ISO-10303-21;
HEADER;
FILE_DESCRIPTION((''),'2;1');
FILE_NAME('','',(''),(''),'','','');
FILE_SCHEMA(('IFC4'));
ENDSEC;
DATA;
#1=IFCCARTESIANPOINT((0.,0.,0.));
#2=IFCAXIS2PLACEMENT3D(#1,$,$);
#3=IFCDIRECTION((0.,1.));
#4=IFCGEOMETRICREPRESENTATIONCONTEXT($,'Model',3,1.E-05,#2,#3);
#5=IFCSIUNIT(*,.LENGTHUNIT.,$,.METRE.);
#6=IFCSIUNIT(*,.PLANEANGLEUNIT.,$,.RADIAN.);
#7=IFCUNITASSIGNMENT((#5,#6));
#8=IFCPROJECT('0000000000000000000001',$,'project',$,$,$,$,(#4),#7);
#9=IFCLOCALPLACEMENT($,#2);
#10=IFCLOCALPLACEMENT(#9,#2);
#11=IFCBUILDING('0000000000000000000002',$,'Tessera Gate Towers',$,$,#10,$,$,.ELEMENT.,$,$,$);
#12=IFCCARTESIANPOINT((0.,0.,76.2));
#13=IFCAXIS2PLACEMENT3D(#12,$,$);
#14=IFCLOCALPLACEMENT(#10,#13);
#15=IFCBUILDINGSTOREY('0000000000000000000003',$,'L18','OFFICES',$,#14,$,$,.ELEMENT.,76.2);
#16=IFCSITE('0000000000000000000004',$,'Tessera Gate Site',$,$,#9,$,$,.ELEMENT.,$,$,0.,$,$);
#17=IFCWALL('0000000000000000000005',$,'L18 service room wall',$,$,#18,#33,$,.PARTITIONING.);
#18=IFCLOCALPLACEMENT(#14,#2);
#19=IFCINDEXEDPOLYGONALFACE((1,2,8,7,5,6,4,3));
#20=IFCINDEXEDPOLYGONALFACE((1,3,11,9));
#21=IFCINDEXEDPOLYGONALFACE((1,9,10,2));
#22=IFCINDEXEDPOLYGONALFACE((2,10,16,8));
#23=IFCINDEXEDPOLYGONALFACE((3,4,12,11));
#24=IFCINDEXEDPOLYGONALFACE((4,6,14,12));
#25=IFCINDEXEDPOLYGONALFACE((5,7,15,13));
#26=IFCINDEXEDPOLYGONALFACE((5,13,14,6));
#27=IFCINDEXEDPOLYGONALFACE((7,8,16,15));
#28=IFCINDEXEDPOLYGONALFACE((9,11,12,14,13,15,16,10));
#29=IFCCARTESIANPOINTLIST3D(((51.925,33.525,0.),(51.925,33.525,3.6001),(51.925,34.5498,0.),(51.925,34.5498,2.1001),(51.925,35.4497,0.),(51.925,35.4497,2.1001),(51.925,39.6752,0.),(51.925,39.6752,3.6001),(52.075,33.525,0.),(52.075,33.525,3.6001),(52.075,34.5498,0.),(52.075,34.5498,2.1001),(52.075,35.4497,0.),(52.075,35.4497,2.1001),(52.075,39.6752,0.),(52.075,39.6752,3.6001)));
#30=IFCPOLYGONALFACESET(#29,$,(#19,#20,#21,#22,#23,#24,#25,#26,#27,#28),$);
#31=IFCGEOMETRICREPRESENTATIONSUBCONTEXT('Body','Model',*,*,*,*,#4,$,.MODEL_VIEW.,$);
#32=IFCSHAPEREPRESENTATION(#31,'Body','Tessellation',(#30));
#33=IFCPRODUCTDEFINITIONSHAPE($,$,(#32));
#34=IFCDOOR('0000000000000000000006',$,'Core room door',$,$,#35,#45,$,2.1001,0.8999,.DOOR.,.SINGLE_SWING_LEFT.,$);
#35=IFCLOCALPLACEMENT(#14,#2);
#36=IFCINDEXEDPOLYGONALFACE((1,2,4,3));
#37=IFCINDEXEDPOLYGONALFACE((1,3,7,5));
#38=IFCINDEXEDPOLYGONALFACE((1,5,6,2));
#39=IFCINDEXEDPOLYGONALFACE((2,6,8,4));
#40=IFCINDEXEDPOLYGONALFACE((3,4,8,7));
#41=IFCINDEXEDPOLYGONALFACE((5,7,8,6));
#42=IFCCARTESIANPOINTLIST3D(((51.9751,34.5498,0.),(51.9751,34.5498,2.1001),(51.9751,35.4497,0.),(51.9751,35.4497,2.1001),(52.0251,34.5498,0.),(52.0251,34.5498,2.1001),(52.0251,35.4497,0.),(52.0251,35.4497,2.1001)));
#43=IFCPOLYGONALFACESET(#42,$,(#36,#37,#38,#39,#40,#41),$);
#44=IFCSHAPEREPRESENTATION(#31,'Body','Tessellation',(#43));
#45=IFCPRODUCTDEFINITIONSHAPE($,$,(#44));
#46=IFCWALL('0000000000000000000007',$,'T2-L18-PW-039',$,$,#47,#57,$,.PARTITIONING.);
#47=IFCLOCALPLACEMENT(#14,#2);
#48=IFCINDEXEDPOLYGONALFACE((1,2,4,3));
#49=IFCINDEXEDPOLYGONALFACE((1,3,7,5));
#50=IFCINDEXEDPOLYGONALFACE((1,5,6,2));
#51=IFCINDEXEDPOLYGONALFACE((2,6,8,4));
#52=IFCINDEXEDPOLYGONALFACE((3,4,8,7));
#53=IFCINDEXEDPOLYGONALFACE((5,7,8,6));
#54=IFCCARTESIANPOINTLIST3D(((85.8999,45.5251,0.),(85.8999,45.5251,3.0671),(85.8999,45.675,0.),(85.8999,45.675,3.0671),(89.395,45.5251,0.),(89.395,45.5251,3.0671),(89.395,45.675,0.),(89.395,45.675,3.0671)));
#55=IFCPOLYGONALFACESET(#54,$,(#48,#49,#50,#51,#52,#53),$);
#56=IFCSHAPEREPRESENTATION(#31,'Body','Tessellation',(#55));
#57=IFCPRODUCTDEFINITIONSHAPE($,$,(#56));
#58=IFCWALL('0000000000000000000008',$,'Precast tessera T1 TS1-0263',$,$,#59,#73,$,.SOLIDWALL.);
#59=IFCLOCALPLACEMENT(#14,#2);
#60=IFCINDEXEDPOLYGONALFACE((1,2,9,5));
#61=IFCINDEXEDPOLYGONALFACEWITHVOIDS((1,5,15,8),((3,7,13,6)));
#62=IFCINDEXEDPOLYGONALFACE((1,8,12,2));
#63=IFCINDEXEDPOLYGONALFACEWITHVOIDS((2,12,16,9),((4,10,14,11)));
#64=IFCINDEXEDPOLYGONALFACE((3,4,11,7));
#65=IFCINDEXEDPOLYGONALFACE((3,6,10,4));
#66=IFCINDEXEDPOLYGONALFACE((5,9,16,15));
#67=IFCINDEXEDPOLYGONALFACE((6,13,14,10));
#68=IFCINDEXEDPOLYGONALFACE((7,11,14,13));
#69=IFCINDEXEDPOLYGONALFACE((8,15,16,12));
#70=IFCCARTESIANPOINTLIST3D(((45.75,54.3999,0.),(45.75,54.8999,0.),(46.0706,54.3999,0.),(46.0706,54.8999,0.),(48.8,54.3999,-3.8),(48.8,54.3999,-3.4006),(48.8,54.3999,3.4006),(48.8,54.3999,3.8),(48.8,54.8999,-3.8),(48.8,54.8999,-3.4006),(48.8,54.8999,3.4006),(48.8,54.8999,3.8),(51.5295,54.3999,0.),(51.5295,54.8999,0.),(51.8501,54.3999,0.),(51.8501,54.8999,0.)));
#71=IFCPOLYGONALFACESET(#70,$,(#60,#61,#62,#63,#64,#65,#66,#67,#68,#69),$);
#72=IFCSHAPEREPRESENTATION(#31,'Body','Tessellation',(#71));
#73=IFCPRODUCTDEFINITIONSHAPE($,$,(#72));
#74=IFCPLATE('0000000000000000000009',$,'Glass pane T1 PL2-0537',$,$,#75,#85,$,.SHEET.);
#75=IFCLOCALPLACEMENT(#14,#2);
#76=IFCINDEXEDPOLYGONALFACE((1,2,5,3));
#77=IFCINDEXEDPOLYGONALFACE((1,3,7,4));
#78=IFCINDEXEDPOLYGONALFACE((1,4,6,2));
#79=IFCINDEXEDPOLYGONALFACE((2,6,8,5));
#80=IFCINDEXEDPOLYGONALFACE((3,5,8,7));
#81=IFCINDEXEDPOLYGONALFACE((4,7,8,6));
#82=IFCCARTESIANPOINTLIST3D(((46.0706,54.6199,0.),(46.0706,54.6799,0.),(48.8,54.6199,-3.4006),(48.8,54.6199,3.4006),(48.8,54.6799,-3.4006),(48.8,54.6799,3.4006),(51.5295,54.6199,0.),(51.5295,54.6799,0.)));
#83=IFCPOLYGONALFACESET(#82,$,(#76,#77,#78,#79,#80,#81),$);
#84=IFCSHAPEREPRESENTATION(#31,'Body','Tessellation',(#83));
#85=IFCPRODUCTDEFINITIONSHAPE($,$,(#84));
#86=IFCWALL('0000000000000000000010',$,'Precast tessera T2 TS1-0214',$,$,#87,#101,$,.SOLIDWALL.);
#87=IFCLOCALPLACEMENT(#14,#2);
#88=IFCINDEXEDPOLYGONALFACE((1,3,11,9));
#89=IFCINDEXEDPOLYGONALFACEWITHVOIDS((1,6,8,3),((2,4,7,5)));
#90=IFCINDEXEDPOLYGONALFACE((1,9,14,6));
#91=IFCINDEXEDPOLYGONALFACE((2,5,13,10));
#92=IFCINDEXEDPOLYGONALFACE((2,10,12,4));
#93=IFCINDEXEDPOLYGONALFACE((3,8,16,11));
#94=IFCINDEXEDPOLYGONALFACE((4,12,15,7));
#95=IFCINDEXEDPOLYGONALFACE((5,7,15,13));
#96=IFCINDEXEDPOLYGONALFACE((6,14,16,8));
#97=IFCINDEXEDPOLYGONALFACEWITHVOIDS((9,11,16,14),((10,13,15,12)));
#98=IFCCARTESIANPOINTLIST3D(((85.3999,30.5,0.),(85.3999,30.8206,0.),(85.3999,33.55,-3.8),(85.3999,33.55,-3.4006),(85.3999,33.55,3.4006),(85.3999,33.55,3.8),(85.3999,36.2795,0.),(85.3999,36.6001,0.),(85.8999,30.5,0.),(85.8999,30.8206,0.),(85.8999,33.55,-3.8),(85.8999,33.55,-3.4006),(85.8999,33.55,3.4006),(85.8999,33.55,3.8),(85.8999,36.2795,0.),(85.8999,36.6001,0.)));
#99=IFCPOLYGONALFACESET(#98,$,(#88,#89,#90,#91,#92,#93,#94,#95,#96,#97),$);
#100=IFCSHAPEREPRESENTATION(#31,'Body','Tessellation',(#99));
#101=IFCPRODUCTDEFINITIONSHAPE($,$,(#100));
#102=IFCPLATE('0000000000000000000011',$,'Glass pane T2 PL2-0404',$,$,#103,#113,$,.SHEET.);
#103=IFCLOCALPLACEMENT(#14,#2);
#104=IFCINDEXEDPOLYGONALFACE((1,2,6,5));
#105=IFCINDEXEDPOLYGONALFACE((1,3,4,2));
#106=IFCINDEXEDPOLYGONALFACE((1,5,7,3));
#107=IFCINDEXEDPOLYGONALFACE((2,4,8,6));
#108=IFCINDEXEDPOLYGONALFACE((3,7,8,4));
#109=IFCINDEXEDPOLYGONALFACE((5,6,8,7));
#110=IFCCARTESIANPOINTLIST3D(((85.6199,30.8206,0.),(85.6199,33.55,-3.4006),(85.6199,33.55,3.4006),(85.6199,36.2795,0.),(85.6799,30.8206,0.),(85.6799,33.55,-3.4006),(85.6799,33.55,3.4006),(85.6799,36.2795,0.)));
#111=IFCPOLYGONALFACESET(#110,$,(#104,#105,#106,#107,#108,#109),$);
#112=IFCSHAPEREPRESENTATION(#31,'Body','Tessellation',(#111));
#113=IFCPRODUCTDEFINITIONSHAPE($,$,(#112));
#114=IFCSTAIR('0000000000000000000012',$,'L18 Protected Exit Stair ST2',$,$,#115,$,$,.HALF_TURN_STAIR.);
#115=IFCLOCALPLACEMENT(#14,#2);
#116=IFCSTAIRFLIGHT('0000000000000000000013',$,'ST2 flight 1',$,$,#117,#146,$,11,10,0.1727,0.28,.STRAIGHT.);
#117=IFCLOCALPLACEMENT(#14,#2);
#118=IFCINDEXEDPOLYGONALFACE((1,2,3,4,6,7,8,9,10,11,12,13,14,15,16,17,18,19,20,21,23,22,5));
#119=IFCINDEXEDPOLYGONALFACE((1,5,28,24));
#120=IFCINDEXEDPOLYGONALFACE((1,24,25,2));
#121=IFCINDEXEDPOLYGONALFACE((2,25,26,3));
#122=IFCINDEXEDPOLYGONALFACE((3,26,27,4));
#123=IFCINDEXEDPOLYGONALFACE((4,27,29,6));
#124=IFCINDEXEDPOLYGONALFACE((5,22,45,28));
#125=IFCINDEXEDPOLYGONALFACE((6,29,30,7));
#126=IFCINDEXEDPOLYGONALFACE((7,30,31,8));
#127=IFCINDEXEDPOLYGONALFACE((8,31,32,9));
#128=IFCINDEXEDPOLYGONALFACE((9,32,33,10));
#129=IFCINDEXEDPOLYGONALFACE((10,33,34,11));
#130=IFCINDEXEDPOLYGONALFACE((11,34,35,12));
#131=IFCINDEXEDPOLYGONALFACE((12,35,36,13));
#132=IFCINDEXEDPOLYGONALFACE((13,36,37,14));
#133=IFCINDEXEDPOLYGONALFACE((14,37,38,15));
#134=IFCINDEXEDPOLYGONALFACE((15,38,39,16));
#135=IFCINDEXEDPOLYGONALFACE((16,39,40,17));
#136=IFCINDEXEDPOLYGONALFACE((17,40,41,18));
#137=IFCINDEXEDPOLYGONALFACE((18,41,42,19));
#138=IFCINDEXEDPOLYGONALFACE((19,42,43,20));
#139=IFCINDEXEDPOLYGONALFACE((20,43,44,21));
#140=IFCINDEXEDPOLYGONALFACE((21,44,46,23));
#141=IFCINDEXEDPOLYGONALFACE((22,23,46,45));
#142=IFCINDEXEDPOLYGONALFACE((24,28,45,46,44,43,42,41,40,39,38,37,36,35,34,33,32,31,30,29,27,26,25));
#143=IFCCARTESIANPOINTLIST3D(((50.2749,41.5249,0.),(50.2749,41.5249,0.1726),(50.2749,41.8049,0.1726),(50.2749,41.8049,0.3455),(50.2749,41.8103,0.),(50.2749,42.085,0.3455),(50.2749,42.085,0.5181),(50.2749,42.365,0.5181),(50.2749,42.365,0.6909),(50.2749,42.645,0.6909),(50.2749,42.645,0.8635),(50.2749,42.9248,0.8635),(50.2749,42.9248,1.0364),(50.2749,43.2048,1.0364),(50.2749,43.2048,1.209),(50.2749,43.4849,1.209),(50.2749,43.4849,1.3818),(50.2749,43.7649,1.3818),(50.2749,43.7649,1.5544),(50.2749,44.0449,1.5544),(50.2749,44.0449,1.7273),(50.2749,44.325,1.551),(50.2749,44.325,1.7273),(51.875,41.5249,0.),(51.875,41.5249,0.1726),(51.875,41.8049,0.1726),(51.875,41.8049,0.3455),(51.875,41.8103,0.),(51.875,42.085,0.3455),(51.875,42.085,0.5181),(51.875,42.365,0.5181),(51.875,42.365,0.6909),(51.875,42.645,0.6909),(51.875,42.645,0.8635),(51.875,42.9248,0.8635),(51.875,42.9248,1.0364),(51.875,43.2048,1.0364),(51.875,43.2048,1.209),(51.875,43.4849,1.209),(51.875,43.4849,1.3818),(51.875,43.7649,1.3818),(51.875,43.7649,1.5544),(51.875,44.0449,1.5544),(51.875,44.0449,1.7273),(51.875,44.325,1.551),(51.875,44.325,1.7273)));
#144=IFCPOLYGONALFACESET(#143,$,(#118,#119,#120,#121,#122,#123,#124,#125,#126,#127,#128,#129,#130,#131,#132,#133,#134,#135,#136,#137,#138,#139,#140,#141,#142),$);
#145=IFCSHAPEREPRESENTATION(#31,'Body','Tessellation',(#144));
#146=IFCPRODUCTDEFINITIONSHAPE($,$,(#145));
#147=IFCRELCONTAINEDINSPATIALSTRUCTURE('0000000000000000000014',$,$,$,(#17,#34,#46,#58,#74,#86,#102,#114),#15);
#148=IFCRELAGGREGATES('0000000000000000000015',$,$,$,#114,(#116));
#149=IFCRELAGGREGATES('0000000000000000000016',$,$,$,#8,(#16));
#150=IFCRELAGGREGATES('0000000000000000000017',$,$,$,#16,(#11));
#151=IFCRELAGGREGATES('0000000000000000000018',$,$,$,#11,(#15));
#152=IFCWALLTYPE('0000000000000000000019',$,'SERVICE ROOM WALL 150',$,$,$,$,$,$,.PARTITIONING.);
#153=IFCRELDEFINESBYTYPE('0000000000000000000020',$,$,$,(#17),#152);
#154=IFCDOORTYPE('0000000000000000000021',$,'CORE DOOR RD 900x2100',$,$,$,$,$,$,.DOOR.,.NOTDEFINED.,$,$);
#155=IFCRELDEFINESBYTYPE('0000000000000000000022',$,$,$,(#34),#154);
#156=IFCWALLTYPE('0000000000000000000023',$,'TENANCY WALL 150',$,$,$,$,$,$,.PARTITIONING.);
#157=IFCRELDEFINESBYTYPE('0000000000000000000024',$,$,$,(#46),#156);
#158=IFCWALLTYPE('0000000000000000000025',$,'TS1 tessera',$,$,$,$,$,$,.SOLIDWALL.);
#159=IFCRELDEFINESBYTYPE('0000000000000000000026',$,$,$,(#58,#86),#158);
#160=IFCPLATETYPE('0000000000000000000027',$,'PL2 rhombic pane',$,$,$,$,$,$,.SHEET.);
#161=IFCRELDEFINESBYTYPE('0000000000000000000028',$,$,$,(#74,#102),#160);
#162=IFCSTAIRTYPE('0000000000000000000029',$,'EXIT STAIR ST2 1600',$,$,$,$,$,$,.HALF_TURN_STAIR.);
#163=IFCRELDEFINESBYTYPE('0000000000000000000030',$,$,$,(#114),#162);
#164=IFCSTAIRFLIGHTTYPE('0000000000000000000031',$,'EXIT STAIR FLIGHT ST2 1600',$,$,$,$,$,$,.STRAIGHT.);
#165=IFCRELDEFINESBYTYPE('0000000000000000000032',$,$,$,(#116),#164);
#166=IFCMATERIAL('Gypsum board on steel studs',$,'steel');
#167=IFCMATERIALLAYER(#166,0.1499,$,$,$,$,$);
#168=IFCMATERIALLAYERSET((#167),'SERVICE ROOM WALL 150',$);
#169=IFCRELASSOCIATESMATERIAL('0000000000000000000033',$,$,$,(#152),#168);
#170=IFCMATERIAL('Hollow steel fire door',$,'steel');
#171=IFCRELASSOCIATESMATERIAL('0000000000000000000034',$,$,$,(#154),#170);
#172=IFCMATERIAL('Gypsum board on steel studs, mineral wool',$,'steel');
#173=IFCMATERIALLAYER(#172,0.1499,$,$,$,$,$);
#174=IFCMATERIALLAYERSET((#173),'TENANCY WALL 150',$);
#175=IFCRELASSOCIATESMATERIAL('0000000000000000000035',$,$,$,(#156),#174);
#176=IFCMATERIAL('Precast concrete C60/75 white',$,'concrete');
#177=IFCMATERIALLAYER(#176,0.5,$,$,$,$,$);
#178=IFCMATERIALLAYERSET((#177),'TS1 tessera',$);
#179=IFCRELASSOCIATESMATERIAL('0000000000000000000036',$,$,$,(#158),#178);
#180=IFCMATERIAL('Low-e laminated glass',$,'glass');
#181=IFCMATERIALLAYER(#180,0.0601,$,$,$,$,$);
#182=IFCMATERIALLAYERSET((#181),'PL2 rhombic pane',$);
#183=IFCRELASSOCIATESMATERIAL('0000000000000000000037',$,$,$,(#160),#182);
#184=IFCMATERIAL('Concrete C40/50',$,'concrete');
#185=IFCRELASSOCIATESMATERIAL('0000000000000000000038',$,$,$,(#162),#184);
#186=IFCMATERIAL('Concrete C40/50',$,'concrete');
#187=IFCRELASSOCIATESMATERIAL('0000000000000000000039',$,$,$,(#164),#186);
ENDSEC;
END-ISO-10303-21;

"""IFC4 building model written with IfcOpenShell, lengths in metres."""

from ifc_helpers import new_model, si_unit, direction, frame, frame_2d, origin, place, context, subcontext, project, spatial, polyline, rectangle, outline, extrude, source, transform, mapped, material, layer, layer_set, type_object, element, fill, aggregate, save


model = new_model("IFC4")

# Units and contexts
model_context = context("Model", 3, precision=1e-05, world=origin(), true_north=direction((0.0, 1.0)))
body_context = subcontext(model_context, "Body", "Model", "MODEL_VIEW")
ifc_project = project(units=[si_unit("LENGTHUNIT", "METRE"), si_unit("PLANEANGLEUNIT", "RADIAN")], contexts=[model_context])

# Site, building, storey
site_placement = place(None, origin())
site = spatial("IfcSite", under=ifc_project, at=site_placement, Name="Tessera Gate Site", CompositionType="ELEMENT", RefElevation=0.0)
building_placement = place(site_placement, origin())
building = spatial("IfcBuilding", under=site, at=building_placement, Name="Tessera Gate Towers", CompositionType="ELEMENT")
storey_placement = place(building_placement, frame((0.0, 0.0, 76.2)))
storey = spatial("IfcBuildingStorey", under=building, at=storey_placement, Name="L18", Description="OFFICES", CompositionType="ELEMENT", Elevation=76.2)

# Shared definitions
shared_shape_1 = source(origin(), body_context, "Body", "SweptSolid", [
    extrude(rectangle(XDim=0.8999, YDim=2.1001, at=frame_2d((0.45, 1.05))), frame((0.0, 0.085, 0.0), z_axis=(0.0, -1.0, 0.0), x_axis=(1.0, 0.0, 0.0)), (0.0, 0.0, 1.0), 0.1699),
])
shared_shape_2 = source(origin(), body_context, "Body", "SweptSolid", [
    extrude(rectangle(XDim=0.8999, YDim=2.1001, at=frame_2d((0.45, 1.05))), frame((0.0, 0.0249, 0.0), z_axis=(0.0, -1.0, 0.0), x_axis=(1.0, 0.0, 0.0)), (0.0, 0.0, 1.0), 0.05),
])

# Wall, opening, door
ifc_material_1 = material(Name="Gypsum board on steel studs", Category="steel")
ifc_layer_1 = layer(ifc_material_1, 0.1499)
ifc_layer_set_1 = layer_set([ifc_layer_1], Name="SERVICE ROOM WALL 150")
wall_type_1 = type_object("IfcWallType", Name="SERVICE ROOM WALL 150", PredefinedType="PARTITIONING", material=ifc_layer_set_1)
wall_1_placement = place(storey_placement, frame((52.0, 33.5249, 0.0), z_axis=(0.0, 0.0, 1.0), x_axis=(0.0, 1.0, 0.0)))
wall_1 = element("IfcWall", 1, at=wall_1_placement, inside=storey, type_object=wall_type_1, Name="L18 service room wall", PredefinedType="PARTITIONING", context=body_context, shape_type="SweptSolid", body=[
    extrude(rectangle(XDim=6.1501, YDim=0.1499, at=frame_2d((3.0752, 0.0))), origin(), (0.0, 0.0, 1.0), 3.6001),
])
opening_1_placement = place(wall_1_placement, frame((1.0249, 0.0, 0.0)))
opening_1 = element("IfcOpeningElement", 2, at=opening_1_placement, cuts=wall_1, PredefinedType="OPENING", context=body_context, shape_type="MappedRepresentation", body=[
    mapped(shared_shape_1, transform((0.0, 0.0, 0.0), scale=1.0)),
])
ifc_material_2 = material(Name="Hollow steel fire door", Category="steel")
door_type_1 = type_object("IfcDoorType", Name="CORE DOOR RD 900x2100", OperationType="NOTDEFINED", PredefinedType="DOOR", material=ifc_material_2)
door_1_placement = place(opening_1_placement, origin())
door_1 = element("IfcDoor", 3, at=door_1_placement, inside=storey, type_object=door_type_1, Name="Core room door", OperationType="SINGLE_SWING_LEFT", OverallHeight=2.1001, OverallWidth=0.8999, PredefinedType="DOOR", context=body_context, shape_type="MappedRepresentation", body=[
    mapped(shared_shape_2, transform((0.0, 0.0, 0.0), scale=1.0)),
])
fill(opening_1, door_1)

# Wall
ifc_material_3 = material(Name="Gypsum board on steel studs, mineral wool", Category="steel")
ifc_layer_2 = layer(ifc_material_3, 0.1499)
ifc_layer_set_2 = layer_set([ifc_layer_2], Name="TENANCY WALL 150")
wall_type_2 = type_object("IfcWallType", Name="TENANCY WALL 150", PredefinedType="PARTITIONING", material=ifc_layer_set_2)
wall_2_placement = place(storey_placement, frame((85.8999, 45.6001, 0.0), z_axis=(0.0, 0.0, 1.0), x_axis=(1.0, 0.0, 0.0)))
element("IfcWall", 4, at=wall_2_placement, inside=storey, type_object=wall_type_2, Name="T2-L18-PW-039", PredefinedType="PARTITIONING", context=body_context, shape_type="SweptSolid", body=[
    extrude(rectangle(XDim=3.4951, YDim=0.1499, at=frame_2d((1.7476, 0.0))), origin(), (0.0, 0.0, 1.0), 3.0671),
])

# Walls, openings, plates
ifc_material_4 = material(Name="Precast concrete C60/75 white", Category="concrete")
ifc_layer_3 = layer(ifc_material_4, 0.5)
ifc_layer_set_3 = layer_set([ifc_layer_3], Name="TS1 tessera")
wall_type_3 = type_object("IfcWallType", Name="TS1 tessera", PredefinedType="SOLIDWALL", material=ifc_layer_set_3)
shared_shape_3 = source(origin(), body_context, "Body", "SweptSolid", [
    extrude(outline(polyline([(3.05, 0.0), (6.1001, 3.8), (3.05, 7.6001), (0.0, 3.8), (3.05, 0.0)])), frame((0.0, 0.25, 0.0), z_axis=(0.0, -1.0, 0.0), x_axis=(1.0, 0.0, 0.0)), (0.0, 0.0, 1.0), 0.5),
])
wall_3_placement = place(storey_placement, frame((51.8501, 54.6499, -3.8), z_axis=(0.0, 0.0, 1.0), x_axis=(-1.0, 0.0, 0.0)))
wall_3 = element("IfcWall", 5, at=wall_3_placement, inside=storey, type_object=wall_type_3, Name="Precast tessera T1 TS1-0263", PredefinedType="SOLIDWALL", context=body_context, shape_type="MappedRepresentation", body=[
    mapped(shared_shape_3, transform((0.0, 0.0, 0.0), scale=1.0)),
])
shared_shape_4 = source(origin(), body_context, "Body", "SweptSolid", [
    extrude(outline(polyline([(3.05, 0.3994), (5.7795, 3.8), (3.05, 7.2007), (0.3206, 3.8), (3.05, 0.3994)])), frame((0.0, 0.26, 0.0), z_axis=(0.0, -1.0, 0.0), x_axis=(1.0, 0.0, 0.0)), (0.0, 0.0, 1.0), 0.52),
])
opening_2_placement = place(wall_3_placement, origin())
opening_2 = element("IfcOpeningElement", 6, at=opening_2_placement, cuts=wall_3, PredefinedType="OPENING", context=body_context, shape_type="MappedRepresentation", body=[
    mapped(shared_shape_4, transform((0.0, 0.0, 0.0), scale=1.0)),
])
ifc_material_5 = material(Name="Low-e laminated glass", Category="glass")
ifc_layer_4 = layer(ifc_material_5, 0.0601)
ifc_layer_set_4 = layer_set([ifc_layer_4], Name="PL2 rhombic pane")
plate_type = type_object("IfcPlateType", Name="PL2 rhombic pane", PredefinedType="SHEET", material=ifc_layer_set_4)
shared_shape_5 = source(origin(), body_context, "Body", "SweptSolid", [
    extrude(outline(polyline([(3.05, 0.3994), (5.7795, 3.8), (3.05, 7.2007), (0.3206, 3.8), (3.05, 0.3994)])), frame((0.0, 0.03, 0.0), z_axis=(0.0, -1.0, 0.0), x_axis=(1.0, 0.0, 0.0)), (0.0, 0.0, 1.0), 0.0601),
])
plate_1_placement = place(opening_2_placement, origin())
plate_1 = element("IfcPlate", 7, at=plate_1_placement, inside=storey, type_object=plate_type, Name="Glass pane T1 PL2-0537", PredefinedType="SHEET", context=body_context, shape_type="MappedRepresentation", body=[
    mapped(shared_shape_5, transform((0.0, 0.0, 0.0), scale=1.0)),
])
fill(opening_2, plate_1)
wall_4_placement = place(storey_placement, frame((85.6499, 36.6001, -3.8), z_axis=(0.0, 0.0, 1.0), x_axis=(0.0, -1.0, 0.0)))
wall_4 = element("IfcWall", 8, at=wall_4_placement, inside=storey, type_object=wall_type_3, Name="Precast tessera T2 TS1-0214", PredefinedType="SOLIDWALL", context=body_context, shape_type="MappedRepresentation", body=[
    mapped(shared_shape_3, transform((0.0, 0.0, 0.0), scale=1.0)),
])
opening_3_placement = place(wall_4_placement, origin())
opening_3 = element("IfcOpeningElement", 9, at=opening_3_placement, cuts=wall_4, PredefinedType="OPENING", context=body_context, shape_type="MappedRepresentation", body=[
    mapped(shared_shape_4, transform((0.0, 0.0, 0.0), scale=1.0)),
])
plate_2_placement = place(opening_3_placement, origin())
plate_2 = element("IfcPlate", 10, at=plate_2_placement, inside=storey, type_object=plate_type, Name="Glass pane T2 PL2-0404", PredefinedType="SHEET", context=body_context, shape_type="MappedRepresentation", body=[
    mapped(shared_shape_5, transform((0.0, 0.0, 0.0), scale=1.0)),
])
fill(opening_3, plate_2)

# Stair, stair flight
ifc_material_6 = material(Name="Concrete C40/50", Category="concrete")
stair_type_1 = type_object("IfcStairType", Name="EXIT STAIR ST2 1600", PredefinedType="HALF_TURN_STAIR", material=ifc_material_6)
stair_1_placement = place(storey_placement, origin())
stair_1 = element("IfcStair", 11, at=stair_1_placement, inside=storey, type_object=stair_type_1, Name="L18 Protected Exit Stair ST2", PredefinedType="HALF_TURN_STAIR")
ifc_material_7 = material(Name="Concrete C40/50", Category="concrete")
stair_flight_type_1 = type_object("IfcStairFlightType", Name="EXIT STAIR FLIGHT ST2 1600", PredefinedType="STRAIGHT", material=ifc_material_7)
stair_flight_1_placement = place(storey_placement, frame((51.075, 41.5249, 0.0), z_axis=(0.0, 0.0, 1.0), x_axis=(0.0, 1.0, 0.0)))
stair_flight_1 = element("IfcStairFlight", 12, at=stair_flight_1_placement, type_object=stair_flight_type_1, Name="ST2 flight 1", NumberOfRisers=11, NumberOfTreads=10, PredefinedType="STRAIGHT", RiserHeight=0.1727, TreadLength=0.28, context=body_context, shape_type="SweptSolid", body=[
    extrude(outline(polyline([(0.0, 0.0), (0.0, 0.1726), (0.28, 0.1726), (0.28, 0.3455), (0.5601, 0.3455), (0.5601, 0.5181), (0.8401, 0.5181), (0.8401, 0.6909), (1.1201, 0.6909), (1.1201, 0.8635), (1.3999, 0.8635), (1.3999, 1.0364), (1.6799, 1.0364), (1.6799, 1.209), (1.96, 1.209), (1.96, 1.3818), (2.24, 1.3818), (2.24, 1.5544), (2.52, 1.5544), (2.52, 1.7273), (2.8, 1.7273), (2.8, 1.8999), (2.8, 1.551), (0.2854, 0.0), (0.0, 0.0)])), frame((0.0, 0.8, 0.0), z_axis=(0.0, -1.0, 0.0), x_axis=(1.0, 0.0, 0.0)), (0.0, 0.0, 1.0), 1.6001),
])
aggregate(stair_1, [stair_flight_1])

save(model, "model.ifc")
